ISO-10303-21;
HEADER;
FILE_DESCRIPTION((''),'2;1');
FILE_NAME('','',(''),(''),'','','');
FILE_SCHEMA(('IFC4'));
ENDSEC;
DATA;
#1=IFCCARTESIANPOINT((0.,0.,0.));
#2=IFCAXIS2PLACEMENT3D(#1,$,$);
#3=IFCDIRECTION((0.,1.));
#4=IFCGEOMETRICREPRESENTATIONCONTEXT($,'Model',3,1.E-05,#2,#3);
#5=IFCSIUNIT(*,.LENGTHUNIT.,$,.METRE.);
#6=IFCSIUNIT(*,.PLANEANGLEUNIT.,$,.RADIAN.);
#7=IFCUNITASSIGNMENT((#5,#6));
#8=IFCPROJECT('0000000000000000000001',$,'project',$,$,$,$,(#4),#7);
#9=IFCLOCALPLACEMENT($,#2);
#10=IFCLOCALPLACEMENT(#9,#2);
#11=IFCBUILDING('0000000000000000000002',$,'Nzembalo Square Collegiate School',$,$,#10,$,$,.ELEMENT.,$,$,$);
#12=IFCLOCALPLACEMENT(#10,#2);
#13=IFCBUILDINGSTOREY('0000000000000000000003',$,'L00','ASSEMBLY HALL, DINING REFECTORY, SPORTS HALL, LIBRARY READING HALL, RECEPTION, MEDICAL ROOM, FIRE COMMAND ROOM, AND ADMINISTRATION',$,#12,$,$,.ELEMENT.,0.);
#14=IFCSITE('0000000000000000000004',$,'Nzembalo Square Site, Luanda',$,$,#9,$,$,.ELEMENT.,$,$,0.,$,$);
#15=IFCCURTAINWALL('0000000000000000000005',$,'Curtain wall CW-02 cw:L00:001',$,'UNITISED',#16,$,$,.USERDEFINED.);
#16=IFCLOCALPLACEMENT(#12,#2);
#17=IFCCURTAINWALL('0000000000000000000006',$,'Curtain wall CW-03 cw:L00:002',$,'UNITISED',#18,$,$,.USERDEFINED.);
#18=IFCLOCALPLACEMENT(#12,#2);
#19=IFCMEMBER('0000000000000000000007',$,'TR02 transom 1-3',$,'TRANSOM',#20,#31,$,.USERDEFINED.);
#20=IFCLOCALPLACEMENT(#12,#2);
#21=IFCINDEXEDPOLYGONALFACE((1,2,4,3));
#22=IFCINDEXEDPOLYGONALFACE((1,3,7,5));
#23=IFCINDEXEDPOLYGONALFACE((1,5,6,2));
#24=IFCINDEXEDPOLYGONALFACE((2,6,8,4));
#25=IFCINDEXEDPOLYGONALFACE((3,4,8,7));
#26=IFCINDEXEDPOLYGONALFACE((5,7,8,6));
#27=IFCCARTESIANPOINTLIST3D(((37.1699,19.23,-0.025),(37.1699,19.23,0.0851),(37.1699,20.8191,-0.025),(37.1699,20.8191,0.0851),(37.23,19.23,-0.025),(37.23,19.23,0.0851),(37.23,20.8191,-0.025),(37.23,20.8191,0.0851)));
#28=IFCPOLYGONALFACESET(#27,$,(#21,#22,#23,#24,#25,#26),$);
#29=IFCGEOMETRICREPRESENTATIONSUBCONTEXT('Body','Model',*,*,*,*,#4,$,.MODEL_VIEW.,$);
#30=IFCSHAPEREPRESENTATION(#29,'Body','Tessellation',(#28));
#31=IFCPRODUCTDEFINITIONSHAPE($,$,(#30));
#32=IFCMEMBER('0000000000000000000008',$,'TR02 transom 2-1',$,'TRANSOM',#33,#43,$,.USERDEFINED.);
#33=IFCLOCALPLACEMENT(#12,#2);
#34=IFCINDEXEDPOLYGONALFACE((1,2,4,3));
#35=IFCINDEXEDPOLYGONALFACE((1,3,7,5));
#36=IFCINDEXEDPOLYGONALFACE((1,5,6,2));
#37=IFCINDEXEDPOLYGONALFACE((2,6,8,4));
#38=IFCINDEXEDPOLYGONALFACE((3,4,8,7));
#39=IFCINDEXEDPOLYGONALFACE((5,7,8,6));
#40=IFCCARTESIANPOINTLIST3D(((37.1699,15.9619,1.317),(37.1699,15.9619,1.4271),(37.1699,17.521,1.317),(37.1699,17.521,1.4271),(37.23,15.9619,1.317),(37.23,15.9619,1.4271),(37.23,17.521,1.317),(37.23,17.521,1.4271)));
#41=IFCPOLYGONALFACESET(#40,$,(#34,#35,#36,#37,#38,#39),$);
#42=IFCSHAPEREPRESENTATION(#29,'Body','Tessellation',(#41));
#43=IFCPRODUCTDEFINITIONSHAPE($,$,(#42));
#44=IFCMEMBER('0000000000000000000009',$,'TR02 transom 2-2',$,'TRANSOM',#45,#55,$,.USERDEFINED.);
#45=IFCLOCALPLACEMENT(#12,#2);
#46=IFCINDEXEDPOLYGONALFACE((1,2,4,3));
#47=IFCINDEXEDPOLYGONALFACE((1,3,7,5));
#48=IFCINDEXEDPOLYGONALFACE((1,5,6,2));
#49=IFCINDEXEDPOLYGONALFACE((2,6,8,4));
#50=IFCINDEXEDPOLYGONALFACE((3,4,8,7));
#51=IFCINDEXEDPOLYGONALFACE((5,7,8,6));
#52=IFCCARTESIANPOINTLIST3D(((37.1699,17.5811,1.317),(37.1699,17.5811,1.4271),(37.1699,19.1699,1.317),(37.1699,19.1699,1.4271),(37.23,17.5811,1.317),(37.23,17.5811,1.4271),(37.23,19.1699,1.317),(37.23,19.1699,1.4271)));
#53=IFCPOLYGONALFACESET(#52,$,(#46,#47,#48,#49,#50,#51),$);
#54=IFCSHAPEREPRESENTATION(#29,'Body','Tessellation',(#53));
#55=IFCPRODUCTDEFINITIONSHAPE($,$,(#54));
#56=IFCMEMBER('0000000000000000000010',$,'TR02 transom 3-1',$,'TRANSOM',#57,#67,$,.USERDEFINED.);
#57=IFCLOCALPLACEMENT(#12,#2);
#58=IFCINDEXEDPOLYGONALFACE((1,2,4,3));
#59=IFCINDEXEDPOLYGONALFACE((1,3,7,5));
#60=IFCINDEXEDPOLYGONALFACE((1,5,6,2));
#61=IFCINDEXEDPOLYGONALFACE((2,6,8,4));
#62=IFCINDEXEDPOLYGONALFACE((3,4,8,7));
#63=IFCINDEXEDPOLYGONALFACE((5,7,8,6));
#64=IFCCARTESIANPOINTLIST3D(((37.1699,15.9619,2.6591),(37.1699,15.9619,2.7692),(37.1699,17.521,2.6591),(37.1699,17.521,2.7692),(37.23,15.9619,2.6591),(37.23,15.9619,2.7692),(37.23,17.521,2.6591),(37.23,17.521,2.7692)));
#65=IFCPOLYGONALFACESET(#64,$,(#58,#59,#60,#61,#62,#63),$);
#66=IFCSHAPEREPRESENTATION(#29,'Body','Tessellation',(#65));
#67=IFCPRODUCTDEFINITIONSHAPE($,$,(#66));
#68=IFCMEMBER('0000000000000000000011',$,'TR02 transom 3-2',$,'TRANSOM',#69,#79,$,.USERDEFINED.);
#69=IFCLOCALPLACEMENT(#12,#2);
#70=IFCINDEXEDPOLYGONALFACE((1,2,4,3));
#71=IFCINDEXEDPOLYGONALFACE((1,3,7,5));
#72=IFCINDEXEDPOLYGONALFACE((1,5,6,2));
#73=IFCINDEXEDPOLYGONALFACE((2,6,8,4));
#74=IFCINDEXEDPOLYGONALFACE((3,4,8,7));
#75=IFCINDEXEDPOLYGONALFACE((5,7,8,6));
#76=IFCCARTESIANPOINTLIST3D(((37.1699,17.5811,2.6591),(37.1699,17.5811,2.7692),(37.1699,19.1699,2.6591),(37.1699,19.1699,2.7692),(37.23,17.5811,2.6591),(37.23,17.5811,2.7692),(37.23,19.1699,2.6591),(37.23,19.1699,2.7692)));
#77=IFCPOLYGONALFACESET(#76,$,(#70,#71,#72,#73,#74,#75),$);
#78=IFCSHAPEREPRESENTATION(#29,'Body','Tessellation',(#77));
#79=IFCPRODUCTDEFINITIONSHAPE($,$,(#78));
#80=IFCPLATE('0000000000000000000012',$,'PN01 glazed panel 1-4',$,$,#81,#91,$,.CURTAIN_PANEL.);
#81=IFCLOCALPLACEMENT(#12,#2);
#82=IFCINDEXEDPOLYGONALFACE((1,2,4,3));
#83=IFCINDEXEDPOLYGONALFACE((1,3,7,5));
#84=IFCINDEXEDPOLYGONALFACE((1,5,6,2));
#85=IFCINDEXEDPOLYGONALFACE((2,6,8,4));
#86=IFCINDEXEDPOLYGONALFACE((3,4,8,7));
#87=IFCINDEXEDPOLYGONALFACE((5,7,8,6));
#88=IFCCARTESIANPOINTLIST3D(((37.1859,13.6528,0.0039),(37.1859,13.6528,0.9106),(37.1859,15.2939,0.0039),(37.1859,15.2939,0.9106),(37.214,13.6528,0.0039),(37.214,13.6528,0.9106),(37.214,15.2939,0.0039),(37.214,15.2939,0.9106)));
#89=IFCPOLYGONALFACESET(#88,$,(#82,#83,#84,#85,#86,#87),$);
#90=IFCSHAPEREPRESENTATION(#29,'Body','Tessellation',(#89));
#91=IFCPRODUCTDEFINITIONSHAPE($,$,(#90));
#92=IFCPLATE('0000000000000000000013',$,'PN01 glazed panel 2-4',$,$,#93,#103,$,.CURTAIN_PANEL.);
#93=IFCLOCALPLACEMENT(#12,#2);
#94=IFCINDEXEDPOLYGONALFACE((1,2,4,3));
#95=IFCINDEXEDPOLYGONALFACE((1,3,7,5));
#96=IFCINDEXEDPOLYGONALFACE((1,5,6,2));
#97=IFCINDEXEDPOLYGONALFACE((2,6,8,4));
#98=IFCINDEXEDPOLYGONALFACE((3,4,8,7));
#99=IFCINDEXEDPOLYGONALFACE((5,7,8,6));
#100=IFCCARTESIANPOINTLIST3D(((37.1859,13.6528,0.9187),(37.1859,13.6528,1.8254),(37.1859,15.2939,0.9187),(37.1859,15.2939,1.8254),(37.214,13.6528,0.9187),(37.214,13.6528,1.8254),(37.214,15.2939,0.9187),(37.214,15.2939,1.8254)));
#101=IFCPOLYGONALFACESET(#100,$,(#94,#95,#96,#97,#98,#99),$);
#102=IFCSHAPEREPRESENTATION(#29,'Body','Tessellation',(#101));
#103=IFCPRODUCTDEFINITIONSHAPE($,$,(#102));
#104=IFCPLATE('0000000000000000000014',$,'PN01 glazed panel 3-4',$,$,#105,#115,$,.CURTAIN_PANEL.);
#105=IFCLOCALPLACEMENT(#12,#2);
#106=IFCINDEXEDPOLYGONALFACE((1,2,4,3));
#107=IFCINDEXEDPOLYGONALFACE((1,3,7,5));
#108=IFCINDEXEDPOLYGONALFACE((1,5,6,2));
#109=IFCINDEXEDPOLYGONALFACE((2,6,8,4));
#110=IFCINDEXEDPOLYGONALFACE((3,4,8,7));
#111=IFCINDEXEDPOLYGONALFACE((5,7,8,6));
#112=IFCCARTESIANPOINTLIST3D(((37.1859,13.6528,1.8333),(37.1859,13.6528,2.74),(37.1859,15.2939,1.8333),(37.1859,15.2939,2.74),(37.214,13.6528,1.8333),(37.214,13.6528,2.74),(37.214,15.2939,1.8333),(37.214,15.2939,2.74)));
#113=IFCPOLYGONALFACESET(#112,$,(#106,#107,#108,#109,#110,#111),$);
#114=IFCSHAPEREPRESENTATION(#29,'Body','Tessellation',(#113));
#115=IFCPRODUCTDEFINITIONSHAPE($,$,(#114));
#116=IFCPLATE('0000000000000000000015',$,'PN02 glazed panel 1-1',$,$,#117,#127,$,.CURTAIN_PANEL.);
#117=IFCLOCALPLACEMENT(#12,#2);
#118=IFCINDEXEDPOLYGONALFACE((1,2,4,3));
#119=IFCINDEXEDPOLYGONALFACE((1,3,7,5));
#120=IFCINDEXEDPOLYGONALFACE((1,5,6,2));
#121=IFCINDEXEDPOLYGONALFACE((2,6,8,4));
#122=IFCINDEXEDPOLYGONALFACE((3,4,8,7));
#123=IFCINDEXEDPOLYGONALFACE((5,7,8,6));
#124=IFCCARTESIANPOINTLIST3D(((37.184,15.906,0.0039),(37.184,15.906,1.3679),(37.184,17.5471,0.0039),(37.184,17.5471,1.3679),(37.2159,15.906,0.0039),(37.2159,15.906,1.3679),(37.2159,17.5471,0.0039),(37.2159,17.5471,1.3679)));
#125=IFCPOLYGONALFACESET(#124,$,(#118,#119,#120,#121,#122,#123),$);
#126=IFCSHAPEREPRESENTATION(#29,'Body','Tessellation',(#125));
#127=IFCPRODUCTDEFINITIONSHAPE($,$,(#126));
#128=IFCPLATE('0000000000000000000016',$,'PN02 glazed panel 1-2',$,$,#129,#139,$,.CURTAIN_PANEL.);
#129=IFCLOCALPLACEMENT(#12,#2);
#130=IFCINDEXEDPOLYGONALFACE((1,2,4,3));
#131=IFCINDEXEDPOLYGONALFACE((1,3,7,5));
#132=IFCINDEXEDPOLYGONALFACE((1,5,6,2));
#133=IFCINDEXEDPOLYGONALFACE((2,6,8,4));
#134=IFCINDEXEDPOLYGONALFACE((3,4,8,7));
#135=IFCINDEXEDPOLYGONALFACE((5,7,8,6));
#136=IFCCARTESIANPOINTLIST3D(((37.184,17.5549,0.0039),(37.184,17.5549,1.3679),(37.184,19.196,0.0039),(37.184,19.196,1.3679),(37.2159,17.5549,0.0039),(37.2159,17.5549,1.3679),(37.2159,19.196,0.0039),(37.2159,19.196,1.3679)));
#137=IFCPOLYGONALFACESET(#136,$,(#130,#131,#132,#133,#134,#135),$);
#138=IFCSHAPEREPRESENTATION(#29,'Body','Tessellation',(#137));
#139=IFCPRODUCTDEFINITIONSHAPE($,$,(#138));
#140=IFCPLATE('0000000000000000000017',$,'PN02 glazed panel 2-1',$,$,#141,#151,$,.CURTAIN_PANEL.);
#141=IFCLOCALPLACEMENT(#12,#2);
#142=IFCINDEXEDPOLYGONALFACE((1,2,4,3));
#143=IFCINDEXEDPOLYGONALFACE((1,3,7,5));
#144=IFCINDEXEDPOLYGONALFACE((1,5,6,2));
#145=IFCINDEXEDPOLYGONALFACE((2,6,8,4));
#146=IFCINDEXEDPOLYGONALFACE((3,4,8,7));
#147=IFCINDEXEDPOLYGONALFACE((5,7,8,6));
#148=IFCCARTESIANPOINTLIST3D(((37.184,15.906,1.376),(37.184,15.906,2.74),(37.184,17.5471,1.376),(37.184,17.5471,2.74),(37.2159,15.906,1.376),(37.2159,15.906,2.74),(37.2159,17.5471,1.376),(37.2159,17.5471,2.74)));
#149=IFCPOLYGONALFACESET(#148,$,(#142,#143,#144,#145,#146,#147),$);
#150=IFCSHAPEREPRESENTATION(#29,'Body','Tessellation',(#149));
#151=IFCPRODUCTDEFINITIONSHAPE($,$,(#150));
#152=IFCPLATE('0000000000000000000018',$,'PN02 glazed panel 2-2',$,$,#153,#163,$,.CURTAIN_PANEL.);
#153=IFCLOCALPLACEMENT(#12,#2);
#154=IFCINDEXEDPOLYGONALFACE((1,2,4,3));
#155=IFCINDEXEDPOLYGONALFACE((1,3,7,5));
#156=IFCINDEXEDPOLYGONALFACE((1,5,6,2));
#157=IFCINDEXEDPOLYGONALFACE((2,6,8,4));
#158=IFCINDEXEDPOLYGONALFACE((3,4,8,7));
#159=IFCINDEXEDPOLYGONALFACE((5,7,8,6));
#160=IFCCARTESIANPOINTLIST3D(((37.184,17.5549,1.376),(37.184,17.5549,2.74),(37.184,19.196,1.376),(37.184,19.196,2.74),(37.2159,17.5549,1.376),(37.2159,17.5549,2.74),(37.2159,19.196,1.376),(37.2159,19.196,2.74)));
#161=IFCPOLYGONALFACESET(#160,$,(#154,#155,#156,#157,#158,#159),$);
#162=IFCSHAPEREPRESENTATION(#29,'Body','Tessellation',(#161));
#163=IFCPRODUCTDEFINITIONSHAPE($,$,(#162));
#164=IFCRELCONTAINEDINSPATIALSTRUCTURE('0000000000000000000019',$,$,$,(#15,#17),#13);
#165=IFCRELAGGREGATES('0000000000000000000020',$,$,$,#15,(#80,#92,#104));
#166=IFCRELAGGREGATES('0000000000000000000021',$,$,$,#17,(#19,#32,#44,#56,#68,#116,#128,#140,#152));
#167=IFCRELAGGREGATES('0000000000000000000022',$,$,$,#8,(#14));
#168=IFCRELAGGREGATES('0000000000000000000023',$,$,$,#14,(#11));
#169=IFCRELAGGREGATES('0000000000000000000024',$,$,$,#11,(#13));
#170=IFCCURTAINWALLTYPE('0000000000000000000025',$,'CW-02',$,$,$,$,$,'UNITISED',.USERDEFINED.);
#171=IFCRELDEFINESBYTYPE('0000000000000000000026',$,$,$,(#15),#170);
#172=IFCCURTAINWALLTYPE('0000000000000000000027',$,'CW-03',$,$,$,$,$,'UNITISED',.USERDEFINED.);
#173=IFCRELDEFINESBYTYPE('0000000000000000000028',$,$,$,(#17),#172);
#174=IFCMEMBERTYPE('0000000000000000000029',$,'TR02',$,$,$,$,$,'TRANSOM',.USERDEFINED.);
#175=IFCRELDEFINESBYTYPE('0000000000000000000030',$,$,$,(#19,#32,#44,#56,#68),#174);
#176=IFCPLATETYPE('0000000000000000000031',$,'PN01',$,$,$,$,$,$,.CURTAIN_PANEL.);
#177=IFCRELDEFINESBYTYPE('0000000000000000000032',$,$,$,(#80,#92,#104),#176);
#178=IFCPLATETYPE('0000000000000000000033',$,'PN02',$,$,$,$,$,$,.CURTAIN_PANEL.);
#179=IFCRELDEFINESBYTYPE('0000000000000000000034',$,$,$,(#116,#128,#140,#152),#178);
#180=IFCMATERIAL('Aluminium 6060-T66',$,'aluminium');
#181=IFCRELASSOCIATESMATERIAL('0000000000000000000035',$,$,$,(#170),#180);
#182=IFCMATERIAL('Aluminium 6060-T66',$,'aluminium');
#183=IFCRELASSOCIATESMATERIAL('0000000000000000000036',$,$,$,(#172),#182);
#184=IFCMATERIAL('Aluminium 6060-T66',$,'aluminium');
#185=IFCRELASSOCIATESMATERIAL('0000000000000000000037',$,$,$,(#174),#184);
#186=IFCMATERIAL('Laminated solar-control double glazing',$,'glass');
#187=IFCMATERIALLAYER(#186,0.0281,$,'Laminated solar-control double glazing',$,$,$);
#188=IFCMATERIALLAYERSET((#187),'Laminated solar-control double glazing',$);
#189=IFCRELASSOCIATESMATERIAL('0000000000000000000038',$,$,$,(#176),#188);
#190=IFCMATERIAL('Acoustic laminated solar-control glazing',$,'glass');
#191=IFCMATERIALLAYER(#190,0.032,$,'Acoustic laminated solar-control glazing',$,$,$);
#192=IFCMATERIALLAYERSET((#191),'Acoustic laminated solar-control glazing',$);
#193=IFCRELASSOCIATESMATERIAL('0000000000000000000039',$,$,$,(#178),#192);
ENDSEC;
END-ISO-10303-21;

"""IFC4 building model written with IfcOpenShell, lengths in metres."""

from ifc_helpers import new_model, si_unit, direction, frame, origin, origin_2d, place, context, subcontext, project, spatial, rectangle, extrude, material, layer, layer_set, material_profile, profile_set, type_object, element, aggregate, save


model = new_model("IFC4")

# Units and contexts
model_context = context("Model", 3, precision=1e-05, world=origin(), true_north=direction((0.0, 1.0)))
body_context = subcontext(model_context, "Body", "Model", "MODEL_VIEW")
ifc_project = project(units=[si_unit("LENGTHUNIT", "METRE"), si_unit("PLANEANGLEUNIT", "RADIAN")], contexts=[model_context])

# Site, building, storey
site_placement = place(None, origin())
site = spatial("IfcSite", under=ifc_project, at=site_placement, Name="Nzembalo Square Site, Luanda", CompositionType="ELEMENT", RefElevation=0.0)
building_placement = place(site_placement, origin())
building = spatial("IfcBuilding", under=site, at=building_placement, Name="Nzembalo Square Collegiate School", CompositionType="ELEMENT")
storey_placement = place(building_placement, origin())
storey = spatial("IfcBuildingStorey", under=building, at=storey_placement, Name="L00", Description="ASSEMBLY HALL, DINING REFECTORY, SPORTS HALL, LIBRARY READING HALL, RECEPTION, MEDICAL ROOM, FIRE COMMAND ROOM, AND ADMINISTRATION", CompositionType="ELEMENT", Elevation=0.0)

# Curtain wall
ifc_material_1 = material(Name="Aluminium 6060-T66", Category="aluminium")
curtain_wall_type_1 = type_object("IfcCurtainWallType", Name="CW-02", ElementType="UNITISED", PredefinedType="USERDEFINED", material=ifc_material_1)
curtain_wall_1_placement = place(storey_placement, origin())
curtain_wall_1 = element("IfcCurtainWall", 1, at=curtain_wall_1_placement, inside=storey, type_object=curtain_wall_type_1, Name="Curtain wall CW-02 cw:L00:001", ObjectType="UNITISED", PredefinedType="USERDEFINED")

# Curtain wall, members
ifc_material_2 = material(Name="Aluminium 6060-T66", Category="aluminium")
curtain_wall_type_2 = type_object("IfcCurtainWallType", Name="CW-03", ElementType="UNITISED", PredefinedType="USERDEFINED", material=ifc_material_2)
curtain_wall_2_placement = place(storey_placement, origin())
curtain_wall_2 = element("IfcCurtainWall", 2, at=curtain_wall_2_placement, inside=storey, type_object=curtain_wall_type_2, Name="Curtain wall CW-03 cw:L00:002", ObjectType="UNITISED", PredefinedType="USERDEFINED")
ifc_material_3 = material(Name="Aluminium 6060-T66", Category="aluminium")
ifc_material_profile_1 = material_profile(ifc_material_3, rectangle(XDim=0.0601, YDim=0.1101, at=origin_2d()), Name="ALU T60x110")
ifc_profile_set_1 = profile_set([ifc_material_profile_1], Name="Aluminium 6060-T66")
member_type_1 = type_object("IfcMemberType", Name="TR02", ElementType="TRANSOM", PredefinedType="USERDEFINED", material=ifc_profile_set_1)
member_1_placement = place(storey_placement, frame((37.2, 19.23, 0.03), z_axis=(0.0, 1.0, 0.0), x_axis=(-1.0, 0.0, 0.0)))
member_1 = element("IfcMember", 3, at=member_1_placement, type_object=member_type_1, Name="TR02 transom 1-3", ObjectType="TRANSOM", PredefinedType="USERDEFINED", context=body_context, shape_type="SweptSolid", body=[
    extrude(rectangle(XDim=0.0601, YDim=0.1101, at=origin_2d()), origin(), (0.0, 0.0, 1.0), 1.5891),
])
member_2_placement = place(storey_placement, frame((37.2, 15.9619, 1.3721), z_axis=(0.0, 1.0, 0.0), x_axis=(-1.0, 0.0, 0.0)))
member_2 = element("IfcMember", 4, at=member_2_placement, type_object=member_type_1, Name="TR02 transom 2-1", ObjectType="TRANSOM", PredefinedType="USERDEFINED", context=body_context, shape_type="SweptSolid", body=[
    extrude(rectangle(XDim=0.0601, YDim=0.1101, at=origin_2d()), origin(), (0.0, 0.0, 1.0), 1.5591),
])
member_3_placement = place(storey_placement, frame((37.2, 17.5811, 1.3721), z_axis=(0.0, 1.0, 0.0), x_axis=(-1.0, 0.0, 0.0)))
member_3 = element("IfcMember", 5, at=member_3_placement, type_object=member_type_1, Name="TR02 transom 2-2", ObjectType="TRANSOM", PredefinedType="USERDEFINED", context=body_context, shape_type="SweptSolid", body=[
    extrude(rectangle(XDim=0.0601, YDim=0.1101, at=origin_2d()), origin(), (0.0, 0.0, 1.0), 1.5889),
])
member_4_placement = place(storey_placement, frame((37.2, 15.9619, 2.7141), z_axis=(0.0, 1.0, 0.0), x_axis=(-1.0, 0.0, 0.0)))
member_4 = element("IfcMember", 6, at=member_4_placement, type_object=member_type_1, Name="TR02 transom 3-1", ObjectType="TRANSOM", PredefinedType="USERDEFINED", context=body_context, shape_type="SweptSolid", body=[
    extrude(rectangle(XDim=0.0601, YDim=0.1101, at=origin_2d()), origin(), (0.0, 0.0, 1.0), 1.5591),
])
member_5_placement = place(storey_placement, frame((37.2, 17.5811, 2.7141), z_axis=(0.0, 1.0, 0.0), x_axis=(-1.0, 0.0, 0.0)))
member_5 = element("IfcMember", 7, at=member_5_placement, type_object=member_type_1, Name="TR02 transom 3-2", ObjectType="TRANSOM", PredefinedType="USERDEFINED", context=body_context, shape_type="SweptSolid", body=[
    extrude(rectangle(XDim=0.0601, YDim=0.1101, at=origin_2d()), origin(), (0.0, 0.0, 1.0), 1.5889),
])

# Plates
ifc_material_4 = material(Name="Laminated solar-control double glazing", Category="glass")
ifc_layer_1 = layer(ifc_material_4, 0.0281, Name="Laminated solar-control double glazing")
ifc_layer_set_1 = layer_set([ifc_layer_1], Name="Laminated solar-control double glazing")
plate_type_1 = type_object("IfcPlateType", Name="PN01", PredefinedType="CURTAIN_PANEL", material=ifc_layer_set_1)
plate_1_placement = place(storey_placement, frame((37.2, 14.4734, 0.0039), z_axis=(0.0, 0.0, 1.0), x_axis=(0.0, 1.0, 0.0)))
plate_1 = element("IfcPlate", 8, at=plate_1_placement, type_object=plate_type_1, Name="PN01 glazed panel 1-4", PredefinedType="CURTAIN_PANEL", context=body_context, shape_type="SweptSolid", body=[
    extrude(rectangle(XDim=1.6411, YDim=0.0281, at=origin_2d()), origin(), (0.0, 0.0, 1.0), 0.9067),
])
plate_2_placement = place(storey_placement, frame((37.2, 14.4734, 0.9187), z_axis=(0.0, 0.0, 1.0), x_axis=(0.0, 1.0, 0.0)))
plate_2 = element("IfcPlate", 9, at=plate_2_placement, type_object=plate_type_1, Name="PN01 glazed panel 2-4", PredefinedType="CURTAIN_PANEL", context=body_context, shape_type="SweptSolid", body=[
    extrude(rectangle(XDim=1.6411, YDim=0.0281, at=origin_2d()), origin(), (0.0, 0.0, 1.0), 0.9067),
])
plate_3_placement = place(storey_placement, frame((37.2, 14.4734, 1.8333), z_axis=(0.0, 0.0, 1.0), x_axis=(0.0, 1.0, 0.0)))
plate_3 = element("IfcPlate", 10, at=plate_3_placement, type_object=plate_type_1, Name="PN01 glazed panel 3-4", PredefinedType="CURTAIN_PANEL", context=body_context, shape_type="SweptSolid", body=[
    extrude(rectangle(XDim=1.6411, YDim=0.0281, at=origin_2d()), origin(), (0.0, 0.0, 1.0), 0.9067),
])
aggregate(curtain_wall_1, [plate_1, plate_2, plate_3])
ifc_material_5 = material(Name="Acoustic laminated solar-control glazing", Category="glass")
ifc_layer_2 = layer(ifc_material_5, 0.032, Name="Acoustic laminated solar-control glazing")
ifc_layer_set_2 = layer_set([ifc_layer_2], Name="Acoustic laminated solar-control glazing")
plate_type_2 = type_object("IfcPlateType", Name="PN02", PredefinedType="CURTAIN_PANEL", material=ifc_layer_set_2)
plate_4_placement = place(storey_placement, frame((37.2, 16.7266, 0.0039), z_axis=(0.0, 0.0, 1.0), x_axis=(0.0, 1.0, 0.0)))
plate_4 = element("IfcPlate", 11, at=plate_4_placement, type_object=plate_type_2, Name="PN02 glazed panel 1-1", PredefinedType="CURTAIN_PANEL", context=body_context, shape_type="SweptSolid", body=[
    extrude(rectangle(XDim=1.6411, YDim=0.032, at=origin_2d()), origin(), (0.0, 0.0, 1.0), 1.364),
])
plate_5_placement = place(storey_placement, frame((37.2, 18.3755, 0.0039), z_axis=(0.0, 0.0, 1.0), x_axis=(0.0, 1.0, 0.0)))
plate_5 = element("IfcPlate", 12, at=plate_5_placement, type_object=plate_type_2, Name="PN02 glazed panel 1-2", PredefinedType="CURTAIN_PANEL", context=body_context, shape_type="SweptSolid", body=[
    extrude(rectangle(XDim=1.6411, YDim=0.032, at=origin_2d()), origin(), (0.0, 0.0, 1.0), 1.364),
])
plate_6_placement = place(storey_placement, frame((37.2, 16.7266, 1.376), z_axis=(0.0, 0.0, 1.0), x_axis=(0.0, 1.0, 0.0)))
plate_6 = element("IfcPlate", 13, at=plate_6_placement, type_object=plate_type_2, Name="PN02 glazed panel 2-1", PredefinedType="CURTAIN_PANEL", context=body_context, shape_type="SweptSolid", body=[
    extrude(rectangle(XDim=1.6411, YDim=0.032, at=origin_2d()), origin(), (0.0, 0.0, 1.0), 1.364),
])
plate_7_placement = place(storey_placement, frame((37.2, 18.3755, 1.376), z_axis=(0.0, 0.0, 1.0), x_axis=(0.0, 1.0, 0.0)))
plate_7 = element("IfcPlate", 14, at=plate_7_placement, type_object=plate_type_2, Name="PN02 glazed panel 2-2", PredefinedType="CURTAIN_PANEL", context=body_context, shape_type="SweptSolid", body=[
    extrude(rectangle(XDim=1.6411, YDim=0.032, at=origin_2d()), origin(), (0.0, 0.0, 1.0), 1.364),
])
aggregate(curtain_wall_2, [member_1, member_2, member_3, member_4, member_5, plate_4, plate_5, plate_6, plate_7])

save(model, "model.ifc")
